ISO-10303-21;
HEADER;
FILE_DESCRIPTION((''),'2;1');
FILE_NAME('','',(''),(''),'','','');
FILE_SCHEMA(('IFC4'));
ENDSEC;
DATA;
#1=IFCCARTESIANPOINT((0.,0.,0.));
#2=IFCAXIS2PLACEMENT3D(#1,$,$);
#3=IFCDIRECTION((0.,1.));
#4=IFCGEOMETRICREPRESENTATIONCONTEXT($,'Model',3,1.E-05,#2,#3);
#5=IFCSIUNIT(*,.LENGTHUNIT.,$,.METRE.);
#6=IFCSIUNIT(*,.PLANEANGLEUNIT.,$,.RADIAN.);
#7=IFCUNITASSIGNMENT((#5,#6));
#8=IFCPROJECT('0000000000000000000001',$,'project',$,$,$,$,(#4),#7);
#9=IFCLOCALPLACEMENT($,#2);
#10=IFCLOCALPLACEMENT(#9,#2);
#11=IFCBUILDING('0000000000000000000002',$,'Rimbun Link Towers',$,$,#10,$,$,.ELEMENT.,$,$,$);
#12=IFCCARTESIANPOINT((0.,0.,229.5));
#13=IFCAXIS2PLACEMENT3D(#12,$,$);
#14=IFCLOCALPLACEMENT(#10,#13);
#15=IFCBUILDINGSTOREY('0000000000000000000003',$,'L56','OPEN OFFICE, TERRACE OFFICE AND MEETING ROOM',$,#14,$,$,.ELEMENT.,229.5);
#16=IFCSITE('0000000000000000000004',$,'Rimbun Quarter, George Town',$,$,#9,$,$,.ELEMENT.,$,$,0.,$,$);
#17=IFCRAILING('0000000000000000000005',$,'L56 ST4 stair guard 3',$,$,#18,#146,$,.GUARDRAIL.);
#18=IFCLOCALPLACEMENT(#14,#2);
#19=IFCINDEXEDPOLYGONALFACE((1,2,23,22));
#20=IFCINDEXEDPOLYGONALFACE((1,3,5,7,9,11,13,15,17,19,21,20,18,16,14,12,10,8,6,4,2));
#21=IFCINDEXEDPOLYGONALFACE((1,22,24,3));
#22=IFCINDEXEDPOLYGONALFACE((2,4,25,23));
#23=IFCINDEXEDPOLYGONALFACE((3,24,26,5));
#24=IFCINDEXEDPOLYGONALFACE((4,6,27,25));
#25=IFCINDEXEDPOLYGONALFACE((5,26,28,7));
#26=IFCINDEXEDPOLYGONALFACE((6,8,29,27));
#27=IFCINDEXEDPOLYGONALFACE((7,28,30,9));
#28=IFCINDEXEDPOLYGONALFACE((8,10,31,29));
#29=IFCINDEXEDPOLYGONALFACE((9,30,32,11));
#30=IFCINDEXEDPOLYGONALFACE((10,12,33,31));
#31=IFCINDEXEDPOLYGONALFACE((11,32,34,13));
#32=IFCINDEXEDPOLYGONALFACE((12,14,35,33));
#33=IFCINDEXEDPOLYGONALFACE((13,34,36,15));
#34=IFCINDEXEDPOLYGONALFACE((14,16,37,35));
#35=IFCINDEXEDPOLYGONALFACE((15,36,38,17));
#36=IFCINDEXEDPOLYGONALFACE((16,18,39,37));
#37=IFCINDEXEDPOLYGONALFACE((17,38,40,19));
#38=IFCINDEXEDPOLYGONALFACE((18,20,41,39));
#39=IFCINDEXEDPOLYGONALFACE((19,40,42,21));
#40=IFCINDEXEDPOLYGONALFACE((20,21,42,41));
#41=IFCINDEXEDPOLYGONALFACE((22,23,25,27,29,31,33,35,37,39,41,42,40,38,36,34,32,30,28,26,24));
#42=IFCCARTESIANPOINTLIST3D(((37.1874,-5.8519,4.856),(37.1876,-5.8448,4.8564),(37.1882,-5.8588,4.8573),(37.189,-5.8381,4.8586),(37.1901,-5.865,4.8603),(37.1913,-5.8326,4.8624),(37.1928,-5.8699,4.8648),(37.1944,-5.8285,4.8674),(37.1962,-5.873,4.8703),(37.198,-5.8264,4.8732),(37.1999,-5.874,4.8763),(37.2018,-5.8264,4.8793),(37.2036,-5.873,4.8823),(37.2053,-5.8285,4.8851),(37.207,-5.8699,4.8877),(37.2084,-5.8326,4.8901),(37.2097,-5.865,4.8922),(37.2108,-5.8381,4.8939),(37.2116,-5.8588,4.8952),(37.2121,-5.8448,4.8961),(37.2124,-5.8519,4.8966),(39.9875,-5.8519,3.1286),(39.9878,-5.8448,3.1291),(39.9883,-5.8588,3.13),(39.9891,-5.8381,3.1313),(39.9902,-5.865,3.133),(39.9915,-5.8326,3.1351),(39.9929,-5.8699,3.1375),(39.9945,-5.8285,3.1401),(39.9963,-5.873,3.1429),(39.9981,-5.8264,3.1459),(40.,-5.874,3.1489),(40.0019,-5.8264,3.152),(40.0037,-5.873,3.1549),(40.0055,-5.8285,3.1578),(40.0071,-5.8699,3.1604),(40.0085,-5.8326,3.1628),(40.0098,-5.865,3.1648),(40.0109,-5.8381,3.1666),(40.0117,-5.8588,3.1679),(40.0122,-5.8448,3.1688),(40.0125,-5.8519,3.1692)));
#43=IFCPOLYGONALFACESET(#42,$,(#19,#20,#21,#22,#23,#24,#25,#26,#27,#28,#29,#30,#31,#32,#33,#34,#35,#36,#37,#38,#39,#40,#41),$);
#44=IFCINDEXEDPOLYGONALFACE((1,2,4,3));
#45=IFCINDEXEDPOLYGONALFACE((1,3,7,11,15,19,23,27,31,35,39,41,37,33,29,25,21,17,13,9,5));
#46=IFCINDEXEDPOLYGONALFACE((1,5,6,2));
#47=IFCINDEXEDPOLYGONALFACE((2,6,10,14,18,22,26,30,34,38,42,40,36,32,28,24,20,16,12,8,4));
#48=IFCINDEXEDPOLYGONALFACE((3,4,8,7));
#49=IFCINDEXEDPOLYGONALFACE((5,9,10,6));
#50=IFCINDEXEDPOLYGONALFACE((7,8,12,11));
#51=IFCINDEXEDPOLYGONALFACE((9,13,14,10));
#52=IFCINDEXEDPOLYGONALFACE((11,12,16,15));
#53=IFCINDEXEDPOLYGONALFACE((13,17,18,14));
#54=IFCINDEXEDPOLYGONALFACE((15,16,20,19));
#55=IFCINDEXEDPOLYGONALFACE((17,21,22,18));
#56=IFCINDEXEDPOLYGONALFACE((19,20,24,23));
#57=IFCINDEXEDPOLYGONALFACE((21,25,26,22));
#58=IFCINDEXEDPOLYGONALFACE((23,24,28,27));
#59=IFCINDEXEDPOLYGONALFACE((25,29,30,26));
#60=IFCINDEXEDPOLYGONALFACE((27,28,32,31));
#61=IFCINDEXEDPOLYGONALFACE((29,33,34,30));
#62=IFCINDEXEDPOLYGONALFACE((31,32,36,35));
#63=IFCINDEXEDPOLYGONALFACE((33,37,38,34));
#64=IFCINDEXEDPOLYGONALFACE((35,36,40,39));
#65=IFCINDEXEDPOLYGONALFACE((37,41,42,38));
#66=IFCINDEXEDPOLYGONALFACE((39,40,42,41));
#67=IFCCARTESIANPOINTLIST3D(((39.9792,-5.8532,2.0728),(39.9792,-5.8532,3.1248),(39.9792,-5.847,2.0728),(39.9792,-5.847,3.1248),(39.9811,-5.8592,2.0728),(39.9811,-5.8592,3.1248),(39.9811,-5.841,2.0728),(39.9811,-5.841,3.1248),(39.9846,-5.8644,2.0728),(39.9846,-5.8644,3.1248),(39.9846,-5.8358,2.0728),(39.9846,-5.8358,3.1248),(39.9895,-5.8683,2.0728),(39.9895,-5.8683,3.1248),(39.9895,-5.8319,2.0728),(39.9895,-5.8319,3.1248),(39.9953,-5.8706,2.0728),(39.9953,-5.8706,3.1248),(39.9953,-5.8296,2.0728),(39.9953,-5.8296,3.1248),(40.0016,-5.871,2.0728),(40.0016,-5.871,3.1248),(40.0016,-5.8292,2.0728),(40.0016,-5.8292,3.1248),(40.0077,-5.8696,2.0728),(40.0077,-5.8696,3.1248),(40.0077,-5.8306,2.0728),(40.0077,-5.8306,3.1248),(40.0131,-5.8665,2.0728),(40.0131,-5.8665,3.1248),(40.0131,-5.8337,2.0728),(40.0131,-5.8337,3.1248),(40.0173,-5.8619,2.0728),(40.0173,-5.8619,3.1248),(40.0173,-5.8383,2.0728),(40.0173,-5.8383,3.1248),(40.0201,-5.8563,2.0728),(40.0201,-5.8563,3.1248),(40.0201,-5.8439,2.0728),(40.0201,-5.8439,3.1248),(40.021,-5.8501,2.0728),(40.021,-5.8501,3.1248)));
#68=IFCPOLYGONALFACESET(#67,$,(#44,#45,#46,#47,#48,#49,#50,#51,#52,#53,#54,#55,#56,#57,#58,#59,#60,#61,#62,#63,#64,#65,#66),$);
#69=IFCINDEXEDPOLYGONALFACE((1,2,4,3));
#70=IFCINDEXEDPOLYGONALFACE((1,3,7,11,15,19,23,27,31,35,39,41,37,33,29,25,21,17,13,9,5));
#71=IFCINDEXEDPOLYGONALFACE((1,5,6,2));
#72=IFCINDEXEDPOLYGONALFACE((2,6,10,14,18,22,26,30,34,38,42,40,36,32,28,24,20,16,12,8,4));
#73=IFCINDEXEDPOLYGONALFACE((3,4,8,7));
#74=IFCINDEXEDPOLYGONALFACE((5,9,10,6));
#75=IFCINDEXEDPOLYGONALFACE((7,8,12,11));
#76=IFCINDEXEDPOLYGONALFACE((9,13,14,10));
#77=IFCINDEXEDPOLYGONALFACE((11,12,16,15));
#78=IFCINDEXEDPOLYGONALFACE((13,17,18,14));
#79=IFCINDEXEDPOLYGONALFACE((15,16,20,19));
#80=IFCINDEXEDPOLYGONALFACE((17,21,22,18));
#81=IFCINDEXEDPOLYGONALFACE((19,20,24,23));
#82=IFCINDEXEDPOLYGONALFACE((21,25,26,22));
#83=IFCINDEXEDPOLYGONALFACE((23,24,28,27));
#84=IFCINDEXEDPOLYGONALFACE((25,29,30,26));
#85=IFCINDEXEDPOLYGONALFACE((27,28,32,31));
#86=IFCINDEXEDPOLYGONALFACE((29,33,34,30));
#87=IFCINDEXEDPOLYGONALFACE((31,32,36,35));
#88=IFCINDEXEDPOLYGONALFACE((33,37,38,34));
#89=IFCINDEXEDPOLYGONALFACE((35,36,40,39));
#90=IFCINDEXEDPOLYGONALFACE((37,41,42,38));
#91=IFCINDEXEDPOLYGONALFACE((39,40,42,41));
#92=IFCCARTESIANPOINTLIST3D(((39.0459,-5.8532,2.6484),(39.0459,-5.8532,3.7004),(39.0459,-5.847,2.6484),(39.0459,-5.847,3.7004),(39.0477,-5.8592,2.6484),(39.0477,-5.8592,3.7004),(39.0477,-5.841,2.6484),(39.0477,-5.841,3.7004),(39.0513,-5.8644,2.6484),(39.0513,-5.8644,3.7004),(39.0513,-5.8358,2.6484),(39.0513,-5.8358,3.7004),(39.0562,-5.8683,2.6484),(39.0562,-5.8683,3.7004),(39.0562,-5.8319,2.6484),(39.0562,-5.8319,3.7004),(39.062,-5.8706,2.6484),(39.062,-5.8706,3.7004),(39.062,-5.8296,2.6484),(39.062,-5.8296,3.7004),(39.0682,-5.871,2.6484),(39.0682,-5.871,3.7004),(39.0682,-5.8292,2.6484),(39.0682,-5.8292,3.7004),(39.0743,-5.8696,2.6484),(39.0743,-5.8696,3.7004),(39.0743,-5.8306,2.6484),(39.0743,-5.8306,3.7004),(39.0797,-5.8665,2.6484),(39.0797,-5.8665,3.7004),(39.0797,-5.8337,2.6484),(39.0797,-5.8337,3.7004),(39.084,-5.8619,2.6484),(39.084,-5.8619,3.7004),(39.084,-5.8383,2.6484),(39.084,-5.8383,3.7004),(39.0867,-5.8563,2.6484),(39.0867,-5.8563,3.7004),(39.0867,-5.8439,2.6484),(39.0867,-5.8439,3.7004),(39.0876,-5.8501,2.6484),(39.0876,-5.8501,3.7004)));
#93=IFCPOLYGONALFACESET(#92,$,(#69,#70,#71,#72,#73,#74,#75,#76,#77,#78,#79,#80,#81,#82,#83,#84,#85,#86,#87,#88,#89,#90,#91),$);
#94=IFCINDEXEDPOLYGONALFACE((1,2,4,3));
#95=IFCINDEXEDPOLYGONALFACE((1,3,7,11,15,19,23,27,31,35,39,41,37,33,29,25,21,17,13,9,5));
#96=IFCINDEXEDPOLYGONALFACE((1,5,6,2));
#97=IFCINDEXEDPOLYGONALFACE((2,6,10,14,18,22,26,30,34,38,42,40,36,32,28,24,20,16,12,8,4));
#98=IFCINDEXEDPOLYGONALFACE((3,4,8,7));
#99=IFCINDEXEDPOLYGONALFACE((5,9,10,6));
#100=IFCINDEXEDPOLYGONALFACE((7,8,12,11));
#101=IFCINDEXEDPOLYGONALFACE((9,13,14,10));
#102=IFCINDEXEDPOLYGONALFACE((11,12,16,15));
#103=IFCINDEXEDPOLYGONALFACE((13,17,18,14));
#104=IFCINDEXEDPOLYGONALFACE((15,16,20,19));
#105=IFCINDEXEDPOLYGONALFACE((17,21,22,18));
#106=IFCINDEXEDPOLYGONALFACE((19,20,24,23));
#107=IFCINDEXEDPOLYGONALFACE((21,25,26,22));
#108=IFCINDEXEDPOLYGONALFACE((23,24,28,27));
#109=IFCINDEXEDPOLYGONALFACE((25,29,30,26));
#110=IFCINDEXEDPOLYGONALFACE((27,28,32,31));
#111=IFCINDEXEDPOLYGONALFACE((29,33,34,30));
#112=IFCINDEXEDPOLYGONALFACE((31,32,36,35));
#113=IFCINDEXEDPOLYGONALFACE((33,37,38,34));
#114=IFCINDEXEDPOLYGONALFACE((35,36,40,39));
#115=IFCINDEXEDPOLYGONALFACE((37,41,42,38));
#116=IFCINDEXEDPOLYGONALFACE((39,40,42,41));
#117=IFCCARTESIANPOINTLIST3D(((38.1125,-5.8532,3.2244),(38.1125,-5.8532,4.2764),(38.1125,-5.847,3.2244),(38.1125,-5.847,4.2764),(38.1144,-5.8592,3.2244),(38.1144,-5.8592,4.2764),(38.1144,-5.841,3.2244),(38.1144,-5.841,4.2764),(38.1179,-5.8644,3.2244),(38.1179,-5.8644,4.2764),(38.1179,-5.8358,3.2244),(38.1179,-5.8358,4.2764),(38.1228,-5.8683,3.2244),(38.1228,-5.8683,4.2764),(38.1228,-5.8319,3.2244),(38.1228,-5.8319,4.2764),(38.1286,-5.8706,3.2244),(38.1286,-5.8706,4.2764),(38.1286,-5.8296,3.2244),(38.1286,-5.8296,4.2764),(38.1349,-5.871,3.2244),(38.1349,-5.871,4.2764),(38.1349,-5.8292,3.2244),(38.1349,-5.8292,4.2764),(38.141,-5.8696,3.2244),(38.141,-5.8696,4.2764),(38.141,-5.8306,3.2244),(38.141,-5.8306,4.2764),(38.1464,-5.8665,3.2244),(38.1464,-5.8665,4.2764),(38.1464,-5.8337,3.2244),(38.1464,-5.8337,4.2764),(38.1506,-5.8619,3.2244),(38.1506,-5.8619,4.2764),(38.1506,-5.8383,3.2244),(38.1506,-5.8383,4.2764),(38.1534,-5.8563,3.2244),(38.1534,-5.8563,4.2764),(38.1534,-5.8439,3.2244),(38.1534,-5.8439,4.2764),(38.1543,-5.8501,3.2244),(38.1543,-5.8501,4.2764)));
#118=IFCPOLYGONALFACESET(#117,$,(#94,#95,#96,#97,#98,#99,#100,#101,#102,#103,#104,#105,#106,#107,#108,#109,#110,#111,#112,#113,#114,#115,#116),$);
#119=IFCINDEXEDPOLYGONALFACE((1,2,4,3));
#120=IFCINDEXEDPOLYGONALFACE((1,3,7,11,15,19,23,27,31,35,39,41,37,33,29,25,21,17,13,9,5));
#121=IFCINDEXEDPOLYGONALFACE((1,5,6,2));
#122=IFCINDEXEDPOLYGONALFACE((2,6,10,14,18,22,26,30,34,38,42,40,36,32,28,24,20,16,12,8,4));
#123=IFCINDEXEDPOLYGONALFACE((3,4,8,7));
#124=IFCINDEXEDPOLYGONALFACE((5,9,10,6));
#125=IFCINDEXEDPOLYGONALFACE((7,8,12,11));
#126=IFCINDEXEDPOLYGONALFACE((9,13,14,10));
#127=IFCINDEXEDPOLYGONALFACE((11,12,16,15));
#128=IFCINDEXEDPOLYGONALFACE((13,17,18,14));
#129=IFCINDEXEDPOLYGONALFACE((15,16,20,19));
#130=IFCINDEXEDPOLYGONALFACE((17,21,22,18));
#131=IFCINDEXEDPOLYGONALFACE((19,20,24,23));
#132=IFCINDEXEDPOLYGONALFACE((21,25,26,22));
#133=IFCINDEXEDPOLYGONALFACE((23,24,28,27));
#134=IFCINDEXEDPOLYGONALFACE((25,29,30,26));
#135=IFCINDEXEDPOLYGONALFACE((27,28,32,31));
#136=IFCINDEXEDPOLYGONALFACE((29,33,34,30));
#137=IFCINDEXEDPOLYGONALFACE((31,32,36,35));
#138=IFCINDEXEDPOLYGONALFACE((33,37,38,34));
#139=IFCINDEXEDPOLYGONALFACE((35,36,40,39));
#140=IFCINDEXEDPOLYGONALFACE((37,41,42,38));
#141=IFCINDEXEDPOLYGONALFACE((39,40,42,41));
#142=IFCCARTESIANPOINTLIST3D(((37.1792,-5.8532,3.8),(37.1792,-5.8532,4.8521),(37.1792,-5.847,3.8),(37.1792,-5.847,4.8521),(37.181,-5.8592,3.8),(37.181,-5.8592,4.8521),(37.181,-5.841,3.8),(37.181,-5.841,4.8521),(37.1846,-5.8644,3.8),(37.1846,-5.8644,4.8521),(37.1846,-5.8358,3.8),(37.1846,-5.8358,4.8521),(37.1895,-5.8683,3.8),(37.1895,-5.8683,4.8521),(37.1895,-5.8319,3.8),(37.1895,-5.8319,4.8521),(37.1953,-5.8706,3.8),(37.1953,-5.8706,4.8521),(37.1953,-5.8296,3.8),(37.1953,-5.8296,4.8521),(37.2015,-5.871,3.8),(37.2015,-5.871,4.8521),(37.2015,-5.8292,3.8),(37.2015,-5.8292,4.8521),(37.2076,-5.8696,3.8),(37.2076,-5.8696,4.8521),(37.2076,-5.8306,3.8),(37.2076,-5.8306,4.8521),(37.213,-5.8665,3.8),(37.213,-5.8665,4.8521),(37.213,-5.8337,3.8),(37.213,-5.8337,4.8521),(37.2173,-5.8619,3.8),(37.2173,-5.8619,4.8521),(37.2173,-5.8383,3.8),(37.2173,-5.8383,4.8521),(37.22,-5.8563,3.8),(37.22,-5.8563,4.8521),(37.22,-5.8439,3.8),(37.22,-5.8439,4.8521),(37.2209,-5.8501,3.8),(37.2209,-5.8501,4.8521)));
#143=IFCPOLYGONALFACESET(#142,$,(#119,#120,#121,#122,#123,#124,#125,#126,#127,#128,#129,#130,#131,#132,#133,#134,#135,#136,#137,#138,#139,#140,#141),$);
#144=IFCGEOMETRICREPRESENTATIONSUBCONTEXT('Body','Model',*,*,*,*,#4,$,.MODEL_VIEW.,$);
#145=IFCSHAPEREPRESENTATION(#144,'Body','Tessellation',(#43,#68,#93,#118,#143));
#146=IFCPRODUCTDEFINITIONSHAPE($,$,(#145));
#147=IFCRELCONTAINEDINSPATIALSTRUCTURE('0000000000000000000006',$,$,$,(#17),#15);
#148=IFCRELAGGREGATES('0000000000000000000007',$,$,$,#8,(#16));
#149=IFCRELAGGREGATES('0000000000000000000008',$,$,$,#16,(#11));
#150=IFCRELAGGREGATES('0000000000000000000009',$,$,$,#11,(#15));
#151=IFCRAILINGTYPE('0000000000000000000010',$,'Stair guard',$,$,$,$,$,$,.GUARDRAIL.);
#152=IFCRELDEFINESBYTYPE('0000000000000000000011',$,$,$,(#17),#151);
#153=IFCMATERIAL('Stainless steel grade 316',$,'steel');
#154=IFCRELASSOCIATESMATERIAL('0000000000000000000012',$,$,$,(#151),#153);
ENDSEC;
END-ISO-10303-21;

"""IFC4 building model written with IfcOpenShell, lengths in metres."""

from ifc_helpers import new_model, si_unit, direction, frame, origin, origin_2d, place, context, subcontext, project, spatial, circle, extrude, material, type_object, element, save


model = new_model("IFC4")

# Units and contexts
model_context = context("Model", 3, precision=1e-05, world=origin(), true_north=direction((0.0, 1.0)))
body_context = subcontext(model_context, "Body", "Model", "MODEL_VIEW")
ifc_project = project(units=[si_unit("LENGTHUNIT", "METRE"), si_unit("PLANEANGLEUNIT", "RADIAN")], contexts=[model_context])

# Site, building, storey
site_placement = place(None, origin())
site = spatial("IfcSite", under=ifc_project, at=site_placement, Name="Rimbun Quarter, George Town", CompositionType="ELEMENT", RefElevation=0.0)
building_placement = place(site_placement, origin())
building = spatial("IfcBuilding", under=site, at=building_placement, Name="Rimbun Link Towers", CompositionType="ELEMENT")
storey_placement = place(building_placement, frame((0.0, 0.0, 229.5)))
storey = spatial("IfcBuildingStorey", under=building, at=storey_placement, Name="L56", Description="OPEN OFFICE, TERRACE OFFICE AND MEETING ROOM", CompositionType="ELEMENT", Elevation=229.5)

# Railing
ifc_material_1 = material(Name="Stainless steel grade 316", Category="steel")
railing_type_1 = type_object("IfcRailingType", Name="Stair guard", PredefinedType="GUARDRAIL", material=ifc_material_1)
railing_1_placement = place(storey_placement, frame((40.0, -5.8501, 2.0728)))
element("IfcRailing", 1, at=railing_1_placement, inside=storey, type_object=railing_type_1, Name="L56 ST4 stair guard 3", PredefinedType="GUARDRAIL", context=body_context, shape_type="SweptSolid", body=[
    extrude(circle(Radius=0.0239, at=origin_2d()), frame((0.0, 0.0, 1.0762), z_axis=(-0.85109, 0.0, 0.52502), x_axis=(0.0, -1.0, 0.0)), (0.0, 0.0, 1.0), 3.29),
    extrude(circle(Radius=0.021, at=origin_2d()), origin(), (0.0, 0.0, 1.0), 1.052),
    extrude(circle(Radius=0.021, at=origin_2d()), frame((-0.9333, 0.0, 0.5757)), (0.0, 0.0, 1.0), 1.052),
    extrude(circle(Radius=0.021, at=origin_2d()), frame((-1.8667, 0.0, 1.1516)), (0.0, 0.0, 1.0), 1.052),
    extrude(circle(Radius=0.021, at=origin_2d()), frame((-2.8, 0.0, 1.7273)), (0.0, 0.0, 1.0), 1.052),
])

save(model, "model.ifc")
